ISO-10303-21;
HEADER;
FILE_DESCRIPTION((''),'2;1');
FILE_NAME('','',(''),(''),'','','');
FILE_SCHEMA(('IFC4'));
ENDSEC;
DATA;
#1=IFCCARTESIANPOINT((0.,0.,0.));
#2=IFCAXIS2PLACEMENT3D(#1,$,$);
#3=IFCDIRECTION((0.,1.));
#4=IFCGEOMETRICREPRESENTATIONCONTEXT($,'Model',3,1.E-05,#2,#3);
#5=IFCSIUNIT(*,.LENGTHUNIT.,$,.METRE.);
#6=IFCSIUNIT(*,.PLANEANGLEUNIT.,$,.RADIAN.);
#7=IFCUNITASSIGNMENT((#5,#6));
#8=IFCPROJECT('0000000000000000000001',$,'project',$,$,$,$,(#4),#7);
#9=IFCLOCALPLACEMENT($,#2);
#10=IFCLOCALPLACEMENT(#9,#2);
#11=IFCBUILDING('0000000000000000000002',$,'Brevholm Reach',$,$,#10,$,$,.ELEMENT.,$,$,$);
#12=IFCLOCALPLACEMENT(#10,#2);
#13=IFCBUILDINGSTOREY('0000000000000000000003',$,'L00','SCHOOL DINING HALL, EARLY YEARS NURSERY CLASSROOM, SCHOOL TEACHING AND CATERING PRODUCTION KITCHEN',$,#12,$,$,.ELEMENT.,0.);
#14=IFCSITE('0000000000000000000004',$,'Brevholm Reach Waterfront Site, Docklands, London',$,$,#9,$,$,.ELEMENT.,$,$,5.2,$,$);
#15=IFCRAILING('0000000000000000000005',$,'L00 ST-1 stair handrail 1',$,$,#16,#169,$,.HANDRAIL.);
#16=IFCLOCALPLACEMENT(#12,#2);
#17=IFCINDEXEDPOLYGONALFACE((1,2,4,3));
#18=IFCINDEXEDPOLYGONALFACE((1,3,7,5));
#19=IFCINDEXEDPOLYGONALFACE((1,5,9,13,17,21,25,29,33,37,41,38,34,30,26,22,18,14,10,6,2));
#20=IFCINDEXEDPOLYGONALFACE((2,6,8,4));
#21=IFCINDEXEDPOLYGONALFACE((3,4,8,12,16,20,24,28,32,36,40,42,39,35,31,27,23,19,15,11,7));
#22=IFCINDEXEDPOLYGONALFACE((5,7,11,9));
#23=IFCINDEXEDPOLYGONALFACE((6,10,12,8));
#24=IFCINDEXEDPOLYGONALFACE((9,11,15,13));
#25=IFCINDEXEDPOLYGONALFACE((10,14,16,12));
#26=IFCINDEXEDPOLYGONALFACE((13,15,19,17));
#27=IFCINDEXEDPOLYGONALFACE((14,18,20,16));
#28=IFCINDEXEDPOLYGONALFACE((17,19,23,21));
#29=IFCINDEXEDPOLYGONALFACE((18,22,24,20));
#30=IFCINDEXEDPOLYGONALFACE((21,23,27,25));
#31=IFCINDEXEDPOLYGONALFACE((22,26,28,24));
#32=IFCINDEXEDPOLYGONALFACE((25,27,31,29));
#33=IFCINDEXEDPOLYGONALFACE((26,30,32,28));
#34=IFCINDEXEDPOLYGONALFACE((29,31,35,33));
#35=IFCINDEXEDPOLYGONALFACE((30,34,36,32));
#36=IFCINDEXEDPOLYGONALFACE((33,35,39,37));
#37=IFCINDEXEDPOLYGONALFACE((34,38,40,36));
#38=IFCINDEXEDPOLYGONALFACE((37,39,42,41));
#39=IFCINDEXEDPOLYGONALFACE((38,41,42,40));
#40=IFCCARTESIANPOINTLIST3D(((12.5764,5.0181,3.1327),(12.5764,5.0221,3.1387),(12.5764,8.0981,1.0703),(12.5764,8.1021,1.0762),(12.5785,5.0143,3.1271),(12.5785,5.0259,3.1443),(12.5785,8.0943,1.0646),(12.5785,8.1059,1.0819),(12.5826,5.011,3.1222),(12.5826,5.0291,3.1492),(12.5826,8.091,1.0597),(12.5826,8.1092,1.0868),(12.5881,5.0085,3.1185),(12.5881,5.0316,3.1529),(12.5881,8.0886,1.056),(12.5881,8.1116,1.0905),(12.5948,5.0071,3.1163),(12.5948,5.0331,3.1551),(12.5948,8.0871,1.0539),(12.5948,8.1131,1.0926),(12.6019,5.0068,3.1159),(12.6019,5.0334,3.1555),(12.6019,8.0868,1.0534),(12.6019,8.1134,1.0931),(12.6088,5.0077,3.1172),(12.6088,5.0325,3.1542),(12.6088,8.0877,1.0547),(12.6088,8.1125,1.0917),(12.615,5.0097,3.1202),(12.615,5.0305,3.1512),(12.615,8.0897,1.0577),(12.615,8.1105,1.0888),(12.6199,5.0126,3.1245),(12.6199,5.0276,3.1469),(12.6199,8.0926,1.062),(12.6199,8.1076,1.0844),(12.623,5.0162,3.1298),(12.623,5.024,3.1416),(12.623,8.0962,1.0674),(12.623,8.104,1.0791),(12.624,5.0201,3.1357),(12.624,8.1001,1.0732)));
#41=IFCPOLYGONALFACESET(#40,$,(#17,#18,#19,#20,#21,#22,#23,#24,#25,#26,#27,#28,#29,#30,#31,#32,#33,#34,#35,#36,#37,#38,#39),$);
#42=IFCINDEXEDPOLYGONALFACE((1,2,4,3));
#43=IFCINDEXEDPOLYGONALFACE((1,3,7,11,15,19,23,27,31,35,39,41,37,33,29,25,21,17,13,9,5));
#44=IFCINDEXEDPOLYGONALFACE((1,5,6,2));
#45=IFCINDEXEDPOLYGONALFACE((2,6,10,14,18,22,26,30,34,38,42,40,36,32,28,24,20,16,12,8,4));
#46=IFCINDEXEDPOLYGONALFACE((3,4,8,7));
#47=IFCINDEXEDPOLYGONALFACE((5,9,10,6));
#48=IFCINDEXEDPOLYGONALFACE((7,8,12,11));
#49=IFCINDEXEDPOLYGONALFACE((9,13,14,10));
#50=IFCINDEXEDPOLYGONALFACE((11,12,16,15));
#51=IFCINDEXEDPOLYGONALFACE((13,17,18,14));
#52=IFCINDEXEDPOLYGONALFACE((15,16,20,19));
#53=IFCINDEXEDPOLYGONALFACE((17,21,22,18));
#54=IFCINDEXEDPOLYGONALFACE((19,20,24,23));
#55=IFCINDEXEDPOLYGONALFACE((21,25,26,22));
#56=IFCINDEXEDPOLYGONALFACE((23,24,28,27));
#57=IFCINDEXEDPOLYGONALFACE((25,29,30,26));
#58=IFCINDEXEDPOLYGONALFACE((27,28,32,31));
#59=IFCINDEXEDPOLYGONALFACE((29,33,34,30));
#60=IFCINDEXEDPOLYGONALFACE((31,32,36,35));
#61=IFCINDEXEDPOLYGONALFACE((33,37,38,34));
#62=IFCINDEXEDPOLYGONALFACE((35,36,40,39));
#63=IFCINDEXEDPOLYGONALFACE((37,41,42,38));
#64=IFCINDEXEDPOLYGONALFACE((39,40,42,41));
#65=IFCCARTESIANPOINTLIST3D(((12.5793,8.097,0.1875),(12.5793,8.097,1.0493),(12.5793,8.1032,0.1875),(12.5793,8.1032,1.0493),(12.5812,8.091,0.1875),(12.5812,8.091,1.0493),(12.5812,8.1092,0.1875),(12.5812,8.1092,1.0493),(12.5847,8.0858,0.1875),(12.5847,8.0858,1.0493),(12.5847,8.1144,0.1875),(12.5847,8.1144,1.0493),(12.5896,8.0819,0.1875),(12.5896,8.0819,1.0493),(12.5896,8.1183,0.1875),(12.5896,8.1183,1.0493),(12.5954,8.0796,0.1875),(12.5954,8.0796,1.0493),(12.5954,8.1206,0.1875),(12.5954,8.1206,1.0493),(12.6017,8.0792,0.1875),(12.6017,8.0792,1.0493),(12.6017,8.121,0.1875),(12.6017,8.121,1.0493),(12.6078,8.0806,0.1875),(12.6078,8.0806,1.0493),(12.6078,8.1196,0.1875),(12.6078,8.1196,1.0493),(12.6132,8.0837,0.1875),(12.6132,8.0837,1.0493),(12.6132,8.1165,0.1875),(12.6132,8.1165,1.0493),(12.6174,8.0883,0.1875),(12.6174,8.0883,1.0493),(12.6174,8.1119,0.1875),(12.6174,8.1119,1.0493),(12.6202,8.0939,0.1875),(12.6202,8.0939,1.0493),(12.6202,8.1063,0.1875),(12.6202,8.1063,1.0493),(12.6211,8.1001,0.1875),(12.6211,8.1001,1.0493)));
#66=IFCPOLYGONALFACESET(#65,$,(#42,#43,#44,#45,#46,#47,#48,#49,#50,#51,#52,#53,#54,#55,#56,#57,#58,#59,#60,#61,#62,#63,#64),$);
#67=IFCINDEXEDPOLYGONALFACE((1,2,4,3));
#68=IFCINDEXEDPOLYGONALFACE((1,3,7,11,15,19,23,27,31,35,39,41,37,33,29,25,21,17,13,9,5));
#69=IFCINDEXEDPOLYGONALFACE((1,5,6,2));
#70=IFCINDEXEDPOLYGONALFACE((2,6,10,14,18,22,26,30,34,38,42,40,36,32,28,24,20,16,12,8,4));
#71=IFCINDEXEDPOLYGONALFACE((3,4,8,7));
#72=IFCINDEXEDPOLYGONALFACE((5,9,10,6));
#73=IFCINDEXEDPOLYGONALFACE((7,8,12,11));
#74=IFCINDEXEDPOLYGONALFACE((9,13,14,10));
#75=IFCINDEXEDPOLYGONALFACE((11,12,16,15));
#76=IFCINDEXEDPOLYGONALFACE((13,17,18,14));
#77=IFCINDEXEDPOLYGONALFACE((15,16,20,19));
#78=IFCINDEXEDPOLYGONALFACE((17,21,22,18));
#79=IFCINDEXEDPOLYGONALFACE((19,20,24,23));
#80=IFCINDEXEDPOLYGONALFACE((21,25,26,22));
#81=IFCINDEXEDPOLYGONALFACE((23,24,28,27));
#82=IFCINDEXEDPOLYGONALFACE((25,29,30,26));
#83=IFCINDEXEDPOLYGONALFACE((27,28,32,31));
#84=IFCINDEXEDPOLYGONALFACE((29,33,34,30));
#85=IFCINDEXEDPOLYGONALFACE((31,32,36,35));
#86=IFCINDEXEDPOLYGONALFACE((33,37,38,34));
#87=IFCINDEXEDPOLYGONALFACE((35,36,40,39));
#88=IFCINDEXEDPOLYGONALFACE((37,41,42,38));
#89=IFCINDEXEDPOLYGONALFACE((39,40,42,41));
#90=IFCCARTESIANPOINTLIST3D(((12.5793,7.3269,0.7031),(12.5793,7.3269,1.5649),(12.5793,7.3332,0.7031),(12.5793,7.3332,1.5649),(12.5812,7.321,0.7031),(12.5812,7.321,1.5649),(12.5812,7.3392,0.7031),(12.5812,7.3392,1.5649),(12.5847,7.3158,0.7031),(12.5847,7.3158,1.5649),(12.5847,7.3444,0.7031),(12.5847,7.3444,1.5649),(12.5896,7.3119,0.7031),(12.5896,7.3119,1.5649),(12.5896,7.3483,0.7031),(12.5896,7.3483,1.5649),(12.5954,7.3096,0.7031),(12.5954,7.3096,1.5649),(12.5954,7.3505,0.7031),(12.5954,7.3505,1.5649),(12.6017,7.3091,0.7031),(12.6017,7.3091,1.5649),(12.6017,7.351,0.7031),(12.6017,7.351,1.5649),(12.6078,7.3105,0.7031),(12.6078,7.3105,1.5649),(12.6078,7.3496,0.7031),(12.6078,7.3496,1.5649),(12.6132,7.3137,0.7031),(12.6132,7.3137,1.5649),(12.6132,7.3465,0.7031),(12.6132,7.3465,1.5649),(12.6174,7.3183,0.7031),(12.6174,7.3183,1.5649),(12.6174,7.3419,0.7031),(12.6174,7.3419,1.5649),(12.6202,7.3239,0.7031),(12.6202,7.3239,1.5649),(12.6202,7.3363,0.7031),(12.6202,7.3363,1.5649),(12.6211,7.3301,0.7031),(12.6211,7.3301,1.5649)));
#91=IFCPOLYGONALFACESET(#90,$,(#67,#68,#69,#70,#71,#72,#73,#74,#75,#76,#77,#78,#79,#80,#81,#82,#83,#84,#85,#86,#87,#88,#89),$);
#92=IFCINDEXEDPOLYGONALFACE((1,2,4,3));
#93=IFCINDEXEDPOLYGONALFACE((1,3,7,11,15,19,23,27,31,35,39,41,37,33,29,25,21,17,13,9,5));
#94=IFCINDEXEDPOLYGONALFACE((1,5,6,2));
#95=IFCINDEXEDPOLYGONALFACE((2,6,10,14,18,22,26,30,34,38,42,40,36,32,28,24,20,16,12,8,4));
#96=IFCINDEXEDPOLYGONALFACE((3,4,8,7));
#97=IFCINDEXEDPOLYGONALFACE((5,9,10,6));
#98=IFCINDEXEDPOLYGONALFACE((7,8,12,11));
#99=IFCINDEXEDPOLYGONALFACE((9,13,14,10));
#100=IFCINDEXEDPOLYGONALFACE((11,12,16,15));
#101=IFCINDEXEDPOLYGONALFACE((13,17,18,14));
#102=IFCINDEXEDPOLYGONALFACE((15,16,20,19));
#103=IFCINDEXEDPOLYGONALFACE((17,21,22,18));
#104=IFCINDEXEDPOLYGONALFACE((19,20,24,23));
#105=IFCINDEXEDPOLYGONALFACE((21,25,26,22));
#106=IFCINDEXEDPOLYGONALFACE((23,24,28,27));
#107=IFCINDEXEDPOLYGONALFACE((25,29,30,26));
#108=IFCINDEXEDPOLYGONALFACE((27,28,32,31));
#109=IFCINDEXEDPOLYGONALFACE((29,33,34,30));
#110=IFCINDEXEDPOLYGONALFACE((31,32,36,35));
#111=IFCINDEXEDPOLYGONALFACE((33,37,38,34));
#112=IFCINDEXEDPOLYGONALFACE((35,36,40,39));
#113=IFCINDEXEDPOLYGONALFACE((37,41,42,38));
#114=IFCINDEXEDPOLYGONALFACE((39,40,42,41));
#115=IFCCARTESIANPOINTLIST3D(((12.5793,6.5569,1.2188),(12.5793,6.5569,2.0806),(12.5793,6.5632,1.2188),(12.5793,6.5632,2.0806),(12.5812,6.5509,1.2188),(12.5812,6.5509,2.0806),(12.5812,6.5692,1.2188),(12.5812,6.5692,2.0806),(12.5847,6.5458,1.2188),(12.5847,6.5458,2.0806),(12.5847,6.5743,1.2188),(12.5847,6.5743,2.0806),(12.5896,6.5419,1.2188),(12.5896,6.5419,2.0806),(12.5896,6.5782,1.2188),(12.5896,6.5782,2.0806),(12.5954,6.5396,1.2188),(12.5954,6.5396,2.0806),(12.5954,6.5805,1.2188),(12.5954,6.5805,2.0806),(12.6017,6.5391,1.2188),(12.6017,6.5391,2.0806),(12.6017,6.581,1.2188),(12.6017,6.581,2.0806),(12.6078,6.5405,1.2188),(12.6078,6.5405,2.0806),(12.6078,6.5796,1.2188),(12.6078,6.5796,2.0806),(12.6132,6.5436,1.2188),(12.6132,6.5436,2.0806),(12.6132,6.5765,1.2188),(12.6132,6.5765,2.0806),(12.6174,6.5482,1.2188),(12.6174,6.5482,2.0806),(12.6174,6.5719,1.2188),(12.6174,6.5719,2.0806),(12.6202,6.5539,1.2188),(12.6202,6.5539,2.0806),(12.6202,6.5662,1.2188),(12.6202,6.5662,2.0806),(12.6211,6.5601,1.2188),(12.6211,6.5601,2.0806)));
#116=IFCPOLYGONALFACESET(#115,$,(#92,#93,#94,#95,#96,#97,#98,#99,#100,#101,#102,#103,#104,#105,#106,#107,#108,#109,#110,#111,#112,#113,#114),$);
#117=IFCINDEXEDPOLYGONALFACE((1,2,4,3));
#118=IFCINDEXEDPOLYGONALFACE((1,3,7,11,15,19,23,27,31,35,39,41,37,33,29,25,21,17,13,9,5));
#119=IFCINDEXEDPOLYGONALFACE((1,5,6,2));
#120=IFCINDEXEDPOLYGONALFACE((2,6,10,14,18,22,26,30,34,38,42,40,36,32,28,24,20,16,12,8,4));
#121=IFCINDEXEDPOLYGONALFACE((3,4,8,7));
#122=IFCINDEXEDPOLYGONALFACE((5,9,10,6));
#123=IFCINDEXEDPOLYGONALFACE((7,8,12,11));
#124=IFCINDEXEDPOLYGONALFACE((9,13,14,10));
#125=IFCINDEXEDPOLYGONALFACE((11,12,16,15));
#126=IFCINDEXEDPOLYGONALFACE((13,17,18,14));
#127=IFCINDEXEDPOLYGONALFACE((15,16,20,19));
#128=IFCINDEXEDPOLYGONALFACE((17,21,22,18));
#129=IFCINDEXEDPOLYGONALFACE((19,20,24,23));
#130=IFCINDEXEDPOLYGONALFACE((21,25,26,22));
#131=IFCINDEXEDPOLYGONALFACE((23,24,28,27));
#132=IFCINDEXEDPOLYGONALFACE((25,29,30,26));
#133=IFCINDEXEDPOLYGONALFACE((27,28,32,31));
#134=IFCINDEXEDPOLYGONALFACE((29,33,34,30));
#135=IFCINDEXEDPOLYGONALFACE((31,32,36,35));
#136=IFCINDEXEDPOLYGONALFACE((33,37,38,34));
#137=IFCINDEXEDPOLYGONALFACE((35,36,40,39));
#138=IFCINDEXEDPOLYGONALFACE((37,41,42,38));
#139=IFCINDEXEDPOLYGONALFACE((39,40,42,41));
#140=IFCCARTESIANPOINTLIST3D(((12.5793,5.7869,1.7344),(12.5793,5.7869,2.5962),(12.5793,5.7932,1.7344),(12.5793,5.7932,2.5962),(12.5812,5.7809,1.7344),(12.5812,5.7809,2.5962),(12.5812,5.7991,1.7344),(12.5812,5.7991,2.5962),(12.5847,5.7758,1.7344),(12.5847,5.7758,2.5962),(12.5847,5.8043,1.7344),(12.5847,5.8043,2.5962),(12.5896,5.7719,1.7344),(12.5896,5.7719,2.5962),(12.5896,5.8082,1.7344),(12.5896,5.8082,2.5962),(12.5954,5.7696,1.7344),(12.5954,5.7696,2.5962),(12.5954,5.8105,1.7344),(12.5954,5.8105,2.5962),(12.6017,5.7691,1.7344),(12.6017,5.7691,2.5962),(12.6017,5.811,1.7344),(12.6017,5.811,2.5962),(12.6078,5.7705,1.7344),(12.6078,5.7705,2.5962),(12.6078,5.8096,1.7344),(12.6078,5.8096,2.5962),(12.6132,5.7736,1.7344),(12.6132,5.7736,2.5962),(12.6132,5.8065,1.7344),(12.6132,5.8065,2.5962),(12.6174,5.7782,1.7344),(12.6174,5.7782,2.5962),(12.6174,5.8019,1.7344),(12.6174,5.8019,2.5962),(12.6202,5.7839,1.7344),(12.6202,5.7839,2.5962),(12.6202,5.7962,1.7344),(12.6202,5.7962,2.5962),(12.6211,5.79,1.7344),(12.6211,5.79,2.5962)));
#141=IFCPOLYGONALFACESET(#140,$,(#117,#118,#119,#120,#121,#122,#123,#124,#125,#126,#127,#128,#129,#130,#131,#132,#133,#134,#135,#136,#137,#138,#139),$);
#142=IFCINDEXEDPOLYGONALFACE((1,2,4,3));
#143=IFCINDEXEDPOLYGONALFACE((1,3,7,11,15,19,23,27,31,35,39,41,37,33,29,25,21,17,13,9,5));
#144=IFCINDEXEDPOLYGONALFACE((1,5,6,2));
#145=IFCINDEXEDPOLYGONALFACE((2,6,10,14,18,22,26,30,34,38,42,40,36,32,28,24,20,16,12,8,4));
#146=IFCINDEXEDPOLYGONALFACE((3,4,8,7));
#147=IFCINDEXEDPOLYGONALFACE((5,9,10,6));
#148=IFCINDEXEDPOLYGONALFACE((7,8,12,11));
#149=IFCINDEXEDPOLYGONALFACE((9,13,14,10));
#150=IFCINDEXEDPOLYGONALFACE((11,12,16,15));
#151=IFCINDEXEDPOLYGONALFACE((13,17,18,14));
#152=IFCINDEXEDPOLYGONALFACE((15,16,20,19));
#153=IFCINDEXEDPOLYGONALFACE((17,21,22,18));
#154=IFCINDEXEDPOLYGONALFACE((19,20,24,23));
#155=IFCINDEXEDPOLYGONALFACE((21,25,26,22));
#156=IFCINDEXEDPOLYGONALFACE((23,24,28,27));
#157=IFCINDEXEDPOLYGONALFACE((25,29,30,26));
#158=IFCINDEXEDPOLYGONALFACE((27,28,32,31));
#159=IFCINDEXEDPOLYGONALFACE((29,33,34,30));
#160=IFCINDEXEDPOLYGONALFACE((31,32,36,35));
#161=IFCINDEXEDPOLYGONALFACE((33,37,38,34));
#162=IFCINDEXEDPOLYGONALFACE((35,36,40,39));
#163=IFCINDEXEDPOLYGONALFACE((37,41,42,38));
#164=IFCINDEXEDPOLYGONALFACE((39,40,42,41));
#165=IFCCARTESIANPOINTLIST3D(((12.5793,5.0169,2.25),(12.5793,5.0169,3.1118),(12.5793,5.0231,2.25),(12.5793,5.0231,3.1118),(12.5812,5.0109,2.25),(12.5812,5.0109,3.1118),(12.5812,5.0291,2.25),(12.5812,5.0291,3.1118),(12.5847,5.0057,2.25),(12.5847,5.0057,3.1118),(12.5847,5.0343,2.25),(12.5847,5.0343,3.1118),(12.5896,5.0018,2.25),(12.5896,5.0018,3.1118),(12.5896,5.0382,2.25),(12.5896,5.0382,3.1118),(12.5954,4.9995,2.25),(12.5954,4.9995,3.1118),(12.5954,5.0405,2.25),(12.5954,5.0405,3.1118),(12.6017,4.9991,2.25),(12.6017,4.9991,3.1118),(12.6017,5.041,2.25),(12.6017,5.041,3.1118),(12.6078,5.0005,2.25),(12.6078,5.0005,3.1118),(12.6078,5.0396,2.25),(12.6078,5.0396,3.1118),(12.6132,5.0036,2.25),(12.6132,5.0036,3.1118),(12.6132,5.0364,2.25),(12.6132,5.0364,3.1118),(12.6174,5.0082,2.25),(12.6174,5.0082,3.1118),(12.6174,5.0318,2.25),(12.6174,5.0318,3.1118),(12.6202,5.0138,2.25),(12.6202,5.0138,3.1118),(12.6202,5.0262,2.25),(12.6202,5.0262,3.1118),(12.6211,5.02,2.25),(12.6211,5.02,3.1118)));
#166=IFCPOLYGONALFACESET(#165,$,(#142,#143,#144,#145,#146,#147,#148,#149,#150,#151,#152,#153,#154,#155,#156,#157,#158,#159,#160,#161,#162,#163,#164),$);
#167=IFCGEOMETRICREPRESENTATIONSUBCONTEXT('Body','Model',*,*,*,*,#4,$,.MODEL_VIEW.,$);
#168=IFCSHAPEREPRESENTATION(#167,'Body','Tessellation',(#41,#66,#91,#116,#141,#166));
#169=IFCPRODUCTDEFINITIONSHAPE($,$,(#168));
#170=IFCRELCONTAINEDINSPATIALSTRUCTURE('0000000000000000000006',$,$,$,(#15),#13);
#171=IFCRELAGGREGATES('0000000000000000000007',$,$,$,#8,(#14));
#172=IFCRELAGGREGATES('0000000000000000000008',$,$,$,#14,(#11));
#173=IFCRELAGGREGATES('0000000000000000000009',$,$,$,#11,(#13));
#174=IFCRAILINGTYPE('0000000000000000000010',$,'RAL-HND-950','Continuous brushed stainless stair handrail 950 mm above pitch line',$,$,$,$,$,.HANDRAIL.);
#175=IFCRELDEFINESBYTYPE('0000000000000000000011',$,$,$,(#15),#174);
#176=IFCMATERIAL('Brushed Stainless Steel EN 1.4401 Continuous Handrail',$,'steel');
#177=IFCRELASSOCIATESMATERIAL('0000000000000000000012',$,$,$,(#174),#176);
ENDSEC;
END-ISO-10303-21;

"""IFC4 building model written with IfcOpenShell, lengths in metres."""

from ifc_helpers import new_model, si_unit, direction, frame, origin, origin_2d, place, context, subcontext, project, spatial, circle, extrude, material, type_object, element, save


model = new_model("IFC4")

# Units and contexts
model_context = context("Model", 3, precision=1e-05, world=origin(), true_north=direction((0.0, 1.0)))
body_context = subcontext(model_context, "Body", "Model", "MODEL_VIEW")
ifc_project = project(units=[si_unit("LENGTHUNIT", "METRE"), si_unit("PLANEANGLEUNIT", "RADIAN")], contexts=[model_context])

# Site, building, storey
site_placement = place(None, origin())
site = spatial("IfcSite", under=ifc_project, at=site_placement, Name="Brevholm Reach Waterfront Site, Docklands, London", CompositionType="ELEMENT", RefElevation=5.2)
building_placement = place(site_placement, origin())
building = spatial("IfcBuilding", under=site, at=building_placement, Name="Brevholm Reach", CompositionType="ELEMENT")
storey_placement = place(building_placement, origin())
storey = spatial("IfcBuildingStorey", under=building, at=storey_placement, Name="L00", Description="SCHOOL DINING HALL, EARLY YEARS NURSERY CLASSROOM, SCHOOL TEACHING AND CATERING PRODUCTION KITCHEN", CompositionType="ELEMENT", Elevation=0.0)

# Railing
ifc_material_1 = material(Name="Brushed Stainless Steel EN 1.4401 Continuous Handrail", Category="steel")
railing_type_1 = type_object("IfcRailingType", Name="RAL-HND-950", Description="Continuous brushed stainless stair handrail 950 mm above pitch line", PredefinedType="HANDRAIL", material=ifc_material_1)
railing_1_placement = place(storey_placement, frame((12.6001, 8.1001, 0.1875)))
element("IfcRailing", 1, at=railing_1_placement, inside=storey, type_object=railing_type_1, Name="L00 ST-1 stair handrail 1", PredefinedType="HANDRAIL", context=body_context, shape_type="SweptSolid", body=[
    extrude(circle(Radius=0.0239, at=origin_2d()), frame((0.0, 0.0, 0.8857), z_axis=(0.0, -0.830914, 0.556401), x_axis=(1.0, 0.0, 0.0)), (0.0, 0.0, 1.0), 3.7068),
    extrude(circle(Radius=0.021, at=origin_2d()), origin(), (0.0, 0.0, 1.0), 0.8618),
    extrude(circle(Radius=0.021, at=origin_2d()), frame((0.0, -0.77, 0.5156)), (0.0, 0.0, 1.0), 0.8618),
    extrude(circle(Radius=0.021, at=origin_2d()), frame((0.0, -1.54, 1.0312)), (0.0, 0.0, 1.0), 0.8618),
    extrude(circle(Radius=0.021, at=origin_2d()), frame((0.0, -2.3101, 1.5469)), (0.0, 0.0, 1.0), 0.8618),
    extrude(circle(Radius=0.021, at=origin_2d()), frame((0.0, -3.0801, 2.0625)), (0.0, 0.0, 1.0), 0.8618),
])

save(model, "model.ifc")
